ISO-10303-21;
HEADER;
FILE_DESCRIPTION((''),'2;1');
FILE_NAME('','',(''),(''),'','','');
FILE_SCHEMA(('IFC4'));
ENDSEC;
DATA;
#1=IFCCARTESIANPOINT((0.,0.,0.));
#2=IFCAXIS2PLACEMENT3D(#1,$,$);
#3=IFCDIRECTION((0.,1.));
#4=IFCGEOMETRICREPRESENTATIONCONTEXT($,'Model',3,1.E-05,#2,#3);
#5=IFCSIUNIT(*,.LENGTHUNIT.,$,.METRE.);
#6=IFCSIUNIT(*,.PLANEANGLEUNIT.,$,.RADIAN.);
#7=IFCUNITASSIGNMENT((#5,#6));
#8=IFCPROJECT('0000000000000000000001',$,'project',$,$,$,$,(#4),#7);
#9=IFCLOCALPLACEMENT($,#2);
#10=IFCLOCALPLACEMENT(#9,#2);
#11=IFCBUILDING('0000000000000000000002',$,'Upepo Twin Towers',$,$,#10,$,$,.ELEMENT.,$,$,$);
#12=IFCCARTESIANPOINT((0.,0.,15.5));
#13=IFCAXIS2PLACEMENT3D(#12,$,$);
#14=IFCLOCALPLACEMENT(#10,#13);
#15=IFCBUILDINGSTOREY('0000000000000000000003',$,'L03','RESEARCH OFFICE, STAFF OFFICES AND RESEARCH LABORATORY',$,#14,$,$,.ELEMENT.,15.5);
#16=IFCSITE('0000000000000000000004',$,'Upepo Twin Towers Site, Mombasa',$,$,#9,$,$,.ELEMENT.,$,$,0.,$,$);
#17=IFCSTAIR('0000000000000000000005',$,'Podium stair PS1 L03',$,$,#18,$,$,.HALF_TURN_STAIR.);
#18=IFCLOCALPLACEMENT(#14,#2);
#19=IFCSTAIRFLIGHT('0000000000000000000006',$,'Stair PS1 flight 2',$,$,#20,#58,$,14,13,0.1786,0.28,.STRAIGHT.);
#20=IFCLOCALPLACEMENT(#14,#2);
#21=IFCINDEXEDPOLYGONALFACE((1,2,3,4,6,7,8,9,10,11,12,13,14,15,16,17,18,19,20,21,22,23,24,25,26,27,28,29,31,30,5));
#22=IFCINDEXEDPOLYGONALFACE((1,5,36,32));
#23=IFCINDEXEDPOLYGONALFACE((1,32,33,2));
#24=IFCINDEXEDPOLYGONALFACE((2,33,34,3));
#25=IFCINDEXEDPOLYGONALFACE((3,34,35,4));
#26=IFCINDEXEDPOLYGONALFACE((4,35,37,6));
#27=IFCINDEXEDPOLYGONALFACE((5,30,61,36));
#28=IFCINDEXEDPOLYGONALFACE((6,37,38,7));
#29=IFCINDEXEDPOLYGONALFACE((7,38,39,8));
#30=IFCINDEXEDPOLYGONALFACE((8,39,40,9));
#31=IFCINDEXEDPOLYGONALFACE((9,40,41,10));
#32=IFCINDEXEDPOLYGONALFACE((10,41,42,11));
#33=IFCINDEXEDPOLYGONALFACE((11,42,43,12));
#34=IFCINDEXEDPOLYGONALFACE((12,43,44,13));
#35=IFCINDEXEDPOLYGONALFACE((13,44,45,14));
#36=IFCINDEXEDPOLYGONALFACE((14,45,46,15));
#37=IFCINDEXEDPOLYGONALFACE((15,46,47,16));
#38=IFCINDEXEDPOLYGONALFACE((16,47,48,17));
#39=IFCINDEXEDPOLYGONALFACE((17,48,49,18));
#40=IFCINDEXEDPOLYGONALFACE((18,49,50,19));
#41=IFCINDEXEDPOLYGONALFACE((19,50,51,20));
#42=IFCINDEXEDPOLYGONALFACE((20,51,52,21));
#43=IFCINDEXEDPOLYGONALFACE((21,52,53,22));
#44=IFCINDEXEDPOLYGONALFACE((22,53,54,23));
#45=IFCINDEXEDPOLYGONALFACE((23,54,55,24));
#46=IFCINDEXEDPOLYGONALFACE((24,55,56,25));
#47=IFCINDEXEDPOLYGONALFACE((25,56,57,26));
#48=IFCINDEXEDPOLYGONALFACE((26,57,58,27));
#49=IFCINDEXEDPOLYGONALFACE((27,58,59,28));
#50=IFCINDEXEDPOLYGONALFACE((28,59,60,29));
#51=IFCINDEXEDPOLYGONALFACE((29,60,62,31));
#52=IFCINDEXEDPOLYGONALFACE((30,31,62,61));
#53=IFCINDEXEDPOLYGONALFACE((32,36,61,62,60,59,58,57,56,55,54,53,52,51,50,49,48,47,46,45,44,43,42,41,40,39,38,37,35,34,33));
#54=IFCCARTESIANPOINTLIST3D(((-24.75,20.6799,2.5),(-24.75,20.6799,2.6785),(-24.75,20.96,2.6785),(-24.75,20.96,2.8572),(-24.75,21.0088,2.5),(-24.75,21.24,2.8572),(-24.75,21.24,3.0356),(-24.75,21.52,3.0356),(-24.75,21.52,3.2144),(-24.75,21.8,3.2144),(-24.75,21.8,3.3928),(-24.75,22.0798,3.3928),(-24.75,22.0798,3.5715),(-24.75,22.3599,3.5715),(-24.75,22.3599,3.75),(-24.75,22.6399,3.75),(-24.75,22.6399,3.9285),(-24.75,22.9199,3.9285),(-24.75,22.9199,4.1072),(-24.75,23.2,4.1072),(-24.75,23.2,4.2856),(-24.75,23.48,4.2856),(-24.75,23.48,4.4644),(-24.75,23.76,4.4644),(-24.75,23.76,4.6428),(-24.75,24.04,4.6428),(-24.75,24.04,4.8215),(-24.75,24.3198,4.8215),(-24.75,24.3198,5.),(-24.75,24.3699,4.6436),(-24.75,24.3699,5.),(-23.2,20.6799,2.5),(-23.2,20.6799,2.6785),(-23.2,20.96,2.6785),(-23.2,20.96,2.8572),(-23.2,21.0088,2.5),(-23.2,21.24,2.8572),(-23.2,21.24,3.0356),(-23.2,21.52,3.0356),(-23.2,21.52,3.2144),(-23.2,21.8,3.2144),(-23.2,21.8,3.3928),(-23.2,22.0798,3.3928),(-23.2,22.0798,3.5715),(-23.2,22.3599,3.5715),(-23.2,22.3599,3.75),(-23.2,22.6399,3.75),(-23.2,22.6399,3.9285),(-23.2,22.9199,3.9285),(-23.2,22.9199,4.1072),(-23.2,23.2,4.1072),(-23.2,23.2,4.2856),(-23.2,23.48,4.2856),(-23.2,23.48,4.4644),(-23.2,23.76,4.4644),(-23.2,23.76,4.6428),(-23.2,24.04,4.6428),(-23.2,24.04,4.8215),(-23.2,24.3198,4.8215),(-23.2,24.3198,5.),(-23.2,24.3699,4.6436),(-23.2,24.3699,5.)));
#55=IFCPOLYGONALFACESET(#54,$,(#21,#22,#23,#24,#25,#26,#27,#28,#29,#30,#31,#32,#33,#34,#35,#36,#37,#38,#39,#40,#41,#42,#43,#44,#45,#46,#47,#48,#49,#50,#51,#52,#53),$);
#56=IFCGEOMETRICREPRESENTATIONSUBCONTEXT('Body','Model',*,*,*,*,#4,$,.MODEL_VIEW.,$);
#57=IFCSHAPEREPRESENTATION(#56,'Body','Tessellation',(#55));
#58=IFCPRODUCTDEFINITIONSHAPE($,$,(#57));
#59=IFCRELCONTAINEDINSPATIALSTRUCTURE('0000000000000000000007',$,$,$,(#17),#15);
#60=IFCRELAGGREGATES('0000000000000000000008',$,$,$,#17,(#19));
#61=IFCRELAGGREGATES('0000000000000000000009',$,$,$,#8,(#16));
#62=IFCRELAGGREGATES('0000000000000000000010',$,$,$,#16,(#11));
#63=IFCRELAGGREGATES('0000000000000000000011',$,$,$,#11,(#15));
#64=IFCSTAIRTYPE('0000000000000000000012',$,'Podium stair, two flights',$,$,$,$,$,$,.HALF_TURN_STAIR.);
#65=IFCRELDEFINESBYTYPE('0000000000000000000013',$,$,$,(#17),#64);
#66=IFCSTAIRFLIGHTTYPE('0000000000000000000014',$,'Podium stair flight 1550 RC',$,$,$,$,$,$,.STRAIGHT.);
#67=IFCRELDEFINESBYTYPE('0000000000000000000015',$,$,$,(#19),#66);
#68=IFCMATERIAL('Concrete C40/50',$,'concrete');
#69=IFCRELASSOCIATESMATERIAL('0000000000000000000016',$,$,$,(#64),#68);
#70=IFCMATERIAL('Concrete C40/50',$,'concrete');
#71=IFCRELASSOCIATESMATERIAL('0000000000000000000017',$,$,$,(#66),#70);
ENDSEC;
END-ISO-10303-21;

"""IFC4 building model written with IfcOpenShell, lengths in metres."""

from ifc_helpers import new_model, si_unit, direction, frame, origin, place, context, subcontext, project, spatial, polyline, outline, extrude, material, type_object, element, aggregate, save


model = new_model("IFC4")

# Units and contexts
model_context = context("Model", 3, precision=1e-05, world=origin(), true_north=direction((0.0, 1.0)))
body_context = subcontext(model_context, "Body", "Model", "MODEL_VIEW")
ifc_project = project(units=[si_unit("LENGTHUNIT", "METRE"), si_unit("PLANEANGLEUNIT", "RADIAN")], contexts=[model_context])

# Site, building, storey
site_placement = place(None, origin())
site = spatial("IfcSite", under=ifc_project, at=site_placement, Name="Upepo Twin Towers Site, Mombasa", CompositionType="ELEMENT", RefElevation=0.0)
building_placement = place(site_placement, origin())
building = spatial("IfcBuilding", under=site, at=building_placement, Name="Upepo Twin Towers", CompositionType="ELEMENT")
storey_placement = place(building_placement, frame((0.0, 0.0, 15.5)))
storey = spatial("IfcBuildingStorey", under=building, at=storey_placement, Name="L03", Description="RESEARCH OFFICE, STAFF OFFICES AND RESEARCH LABORATORY", CompositionType="ELEMENT", Elevation=15.5)

# Stair, stair flight
ifc_material_1 = material(Name="Concrete C40/50", Category="concrete")
stair_type = type_object("IfcStairType", Name="Podium stair, two flights", PredefinedType="HALF_TURN_STAIR", material=ifc_material_1)
stair_placement = place(storey_placement, origin())
stair = element("IfcStair", 1, at=stair_placement, inside=storey, type_object=stair_type, Name="Podium stair PS1 L03", PredefinedType="HALF_TURN_STAIR")
ifc_material_2 = material(Name="Concrete C40/50", Category="concrete")
stair_flight_type = type_object("IfcStairFlightType", Name="Podium stair flight 1550 RC", PredefinedType="STRAIGHT", material=ifc_material_2)
stair_flight_placement = place(storey_placement, frame((-23.9751, 20.6799, 2.5), z_axis=(0.0, 0.0, 1.0), x_axis=(0.0, 1.0, 0.0)))
stair_flight = element("IfcStairFlight", 2, at=stair_flight_placement, type_object=stair_flight_type, Name="Stair PS1 flight 2", NumberOfRisers=14, NumberOfTreads=13, PredefinedType="STRAIGHT", RiserHeight=0.1786, TreadLength=0.28, context=body_context, shape_type="SweptSolid", body=[
    extrude(outline(polyline([(0.0, 0.0), (0.0, 0.1785), (0.28, 0.1785), (0.28, 0.3572), (0.5601, 0.3572), (0.5601, 0.5356), (0.8401, 0.5356), (0.8401, 0.7144), (1.1201, 0.7144), (1.1201, 0.8928), (1.3999, 0.8928), (1.3999, 1.0715), (1.6799, 1.0715), (1.6799, 1.25), (1.96, 1.25), (1.96, 1.4285), (2.24, 1.4285), (2.24, 1.6072), (2.52, 1.6072), (2.52, 1.7856), (2.8, 1.7856), (2.8, 1.9644), (3.0801, 1.9644), (3.0801, 2.1428), (3.3601, 2.1428), (3.3601, 2.3215), (3.6399, 2.3215), (3.6399, 2.5), (3.6899, 2.5), (3.6899, 2.1436), (0.3289, 0.0), (0.0, 0.0)])), frame((0.0, 0.7749, 0.0), z_axis=(0.0, -1.0, 0.0), x_axis=(1.0, 0.0, 0.0)), (0.0, 0.0, 1.0), 1.55),
])
aggregate(stair, [stair_flight])

save(model, "model.ifc")
